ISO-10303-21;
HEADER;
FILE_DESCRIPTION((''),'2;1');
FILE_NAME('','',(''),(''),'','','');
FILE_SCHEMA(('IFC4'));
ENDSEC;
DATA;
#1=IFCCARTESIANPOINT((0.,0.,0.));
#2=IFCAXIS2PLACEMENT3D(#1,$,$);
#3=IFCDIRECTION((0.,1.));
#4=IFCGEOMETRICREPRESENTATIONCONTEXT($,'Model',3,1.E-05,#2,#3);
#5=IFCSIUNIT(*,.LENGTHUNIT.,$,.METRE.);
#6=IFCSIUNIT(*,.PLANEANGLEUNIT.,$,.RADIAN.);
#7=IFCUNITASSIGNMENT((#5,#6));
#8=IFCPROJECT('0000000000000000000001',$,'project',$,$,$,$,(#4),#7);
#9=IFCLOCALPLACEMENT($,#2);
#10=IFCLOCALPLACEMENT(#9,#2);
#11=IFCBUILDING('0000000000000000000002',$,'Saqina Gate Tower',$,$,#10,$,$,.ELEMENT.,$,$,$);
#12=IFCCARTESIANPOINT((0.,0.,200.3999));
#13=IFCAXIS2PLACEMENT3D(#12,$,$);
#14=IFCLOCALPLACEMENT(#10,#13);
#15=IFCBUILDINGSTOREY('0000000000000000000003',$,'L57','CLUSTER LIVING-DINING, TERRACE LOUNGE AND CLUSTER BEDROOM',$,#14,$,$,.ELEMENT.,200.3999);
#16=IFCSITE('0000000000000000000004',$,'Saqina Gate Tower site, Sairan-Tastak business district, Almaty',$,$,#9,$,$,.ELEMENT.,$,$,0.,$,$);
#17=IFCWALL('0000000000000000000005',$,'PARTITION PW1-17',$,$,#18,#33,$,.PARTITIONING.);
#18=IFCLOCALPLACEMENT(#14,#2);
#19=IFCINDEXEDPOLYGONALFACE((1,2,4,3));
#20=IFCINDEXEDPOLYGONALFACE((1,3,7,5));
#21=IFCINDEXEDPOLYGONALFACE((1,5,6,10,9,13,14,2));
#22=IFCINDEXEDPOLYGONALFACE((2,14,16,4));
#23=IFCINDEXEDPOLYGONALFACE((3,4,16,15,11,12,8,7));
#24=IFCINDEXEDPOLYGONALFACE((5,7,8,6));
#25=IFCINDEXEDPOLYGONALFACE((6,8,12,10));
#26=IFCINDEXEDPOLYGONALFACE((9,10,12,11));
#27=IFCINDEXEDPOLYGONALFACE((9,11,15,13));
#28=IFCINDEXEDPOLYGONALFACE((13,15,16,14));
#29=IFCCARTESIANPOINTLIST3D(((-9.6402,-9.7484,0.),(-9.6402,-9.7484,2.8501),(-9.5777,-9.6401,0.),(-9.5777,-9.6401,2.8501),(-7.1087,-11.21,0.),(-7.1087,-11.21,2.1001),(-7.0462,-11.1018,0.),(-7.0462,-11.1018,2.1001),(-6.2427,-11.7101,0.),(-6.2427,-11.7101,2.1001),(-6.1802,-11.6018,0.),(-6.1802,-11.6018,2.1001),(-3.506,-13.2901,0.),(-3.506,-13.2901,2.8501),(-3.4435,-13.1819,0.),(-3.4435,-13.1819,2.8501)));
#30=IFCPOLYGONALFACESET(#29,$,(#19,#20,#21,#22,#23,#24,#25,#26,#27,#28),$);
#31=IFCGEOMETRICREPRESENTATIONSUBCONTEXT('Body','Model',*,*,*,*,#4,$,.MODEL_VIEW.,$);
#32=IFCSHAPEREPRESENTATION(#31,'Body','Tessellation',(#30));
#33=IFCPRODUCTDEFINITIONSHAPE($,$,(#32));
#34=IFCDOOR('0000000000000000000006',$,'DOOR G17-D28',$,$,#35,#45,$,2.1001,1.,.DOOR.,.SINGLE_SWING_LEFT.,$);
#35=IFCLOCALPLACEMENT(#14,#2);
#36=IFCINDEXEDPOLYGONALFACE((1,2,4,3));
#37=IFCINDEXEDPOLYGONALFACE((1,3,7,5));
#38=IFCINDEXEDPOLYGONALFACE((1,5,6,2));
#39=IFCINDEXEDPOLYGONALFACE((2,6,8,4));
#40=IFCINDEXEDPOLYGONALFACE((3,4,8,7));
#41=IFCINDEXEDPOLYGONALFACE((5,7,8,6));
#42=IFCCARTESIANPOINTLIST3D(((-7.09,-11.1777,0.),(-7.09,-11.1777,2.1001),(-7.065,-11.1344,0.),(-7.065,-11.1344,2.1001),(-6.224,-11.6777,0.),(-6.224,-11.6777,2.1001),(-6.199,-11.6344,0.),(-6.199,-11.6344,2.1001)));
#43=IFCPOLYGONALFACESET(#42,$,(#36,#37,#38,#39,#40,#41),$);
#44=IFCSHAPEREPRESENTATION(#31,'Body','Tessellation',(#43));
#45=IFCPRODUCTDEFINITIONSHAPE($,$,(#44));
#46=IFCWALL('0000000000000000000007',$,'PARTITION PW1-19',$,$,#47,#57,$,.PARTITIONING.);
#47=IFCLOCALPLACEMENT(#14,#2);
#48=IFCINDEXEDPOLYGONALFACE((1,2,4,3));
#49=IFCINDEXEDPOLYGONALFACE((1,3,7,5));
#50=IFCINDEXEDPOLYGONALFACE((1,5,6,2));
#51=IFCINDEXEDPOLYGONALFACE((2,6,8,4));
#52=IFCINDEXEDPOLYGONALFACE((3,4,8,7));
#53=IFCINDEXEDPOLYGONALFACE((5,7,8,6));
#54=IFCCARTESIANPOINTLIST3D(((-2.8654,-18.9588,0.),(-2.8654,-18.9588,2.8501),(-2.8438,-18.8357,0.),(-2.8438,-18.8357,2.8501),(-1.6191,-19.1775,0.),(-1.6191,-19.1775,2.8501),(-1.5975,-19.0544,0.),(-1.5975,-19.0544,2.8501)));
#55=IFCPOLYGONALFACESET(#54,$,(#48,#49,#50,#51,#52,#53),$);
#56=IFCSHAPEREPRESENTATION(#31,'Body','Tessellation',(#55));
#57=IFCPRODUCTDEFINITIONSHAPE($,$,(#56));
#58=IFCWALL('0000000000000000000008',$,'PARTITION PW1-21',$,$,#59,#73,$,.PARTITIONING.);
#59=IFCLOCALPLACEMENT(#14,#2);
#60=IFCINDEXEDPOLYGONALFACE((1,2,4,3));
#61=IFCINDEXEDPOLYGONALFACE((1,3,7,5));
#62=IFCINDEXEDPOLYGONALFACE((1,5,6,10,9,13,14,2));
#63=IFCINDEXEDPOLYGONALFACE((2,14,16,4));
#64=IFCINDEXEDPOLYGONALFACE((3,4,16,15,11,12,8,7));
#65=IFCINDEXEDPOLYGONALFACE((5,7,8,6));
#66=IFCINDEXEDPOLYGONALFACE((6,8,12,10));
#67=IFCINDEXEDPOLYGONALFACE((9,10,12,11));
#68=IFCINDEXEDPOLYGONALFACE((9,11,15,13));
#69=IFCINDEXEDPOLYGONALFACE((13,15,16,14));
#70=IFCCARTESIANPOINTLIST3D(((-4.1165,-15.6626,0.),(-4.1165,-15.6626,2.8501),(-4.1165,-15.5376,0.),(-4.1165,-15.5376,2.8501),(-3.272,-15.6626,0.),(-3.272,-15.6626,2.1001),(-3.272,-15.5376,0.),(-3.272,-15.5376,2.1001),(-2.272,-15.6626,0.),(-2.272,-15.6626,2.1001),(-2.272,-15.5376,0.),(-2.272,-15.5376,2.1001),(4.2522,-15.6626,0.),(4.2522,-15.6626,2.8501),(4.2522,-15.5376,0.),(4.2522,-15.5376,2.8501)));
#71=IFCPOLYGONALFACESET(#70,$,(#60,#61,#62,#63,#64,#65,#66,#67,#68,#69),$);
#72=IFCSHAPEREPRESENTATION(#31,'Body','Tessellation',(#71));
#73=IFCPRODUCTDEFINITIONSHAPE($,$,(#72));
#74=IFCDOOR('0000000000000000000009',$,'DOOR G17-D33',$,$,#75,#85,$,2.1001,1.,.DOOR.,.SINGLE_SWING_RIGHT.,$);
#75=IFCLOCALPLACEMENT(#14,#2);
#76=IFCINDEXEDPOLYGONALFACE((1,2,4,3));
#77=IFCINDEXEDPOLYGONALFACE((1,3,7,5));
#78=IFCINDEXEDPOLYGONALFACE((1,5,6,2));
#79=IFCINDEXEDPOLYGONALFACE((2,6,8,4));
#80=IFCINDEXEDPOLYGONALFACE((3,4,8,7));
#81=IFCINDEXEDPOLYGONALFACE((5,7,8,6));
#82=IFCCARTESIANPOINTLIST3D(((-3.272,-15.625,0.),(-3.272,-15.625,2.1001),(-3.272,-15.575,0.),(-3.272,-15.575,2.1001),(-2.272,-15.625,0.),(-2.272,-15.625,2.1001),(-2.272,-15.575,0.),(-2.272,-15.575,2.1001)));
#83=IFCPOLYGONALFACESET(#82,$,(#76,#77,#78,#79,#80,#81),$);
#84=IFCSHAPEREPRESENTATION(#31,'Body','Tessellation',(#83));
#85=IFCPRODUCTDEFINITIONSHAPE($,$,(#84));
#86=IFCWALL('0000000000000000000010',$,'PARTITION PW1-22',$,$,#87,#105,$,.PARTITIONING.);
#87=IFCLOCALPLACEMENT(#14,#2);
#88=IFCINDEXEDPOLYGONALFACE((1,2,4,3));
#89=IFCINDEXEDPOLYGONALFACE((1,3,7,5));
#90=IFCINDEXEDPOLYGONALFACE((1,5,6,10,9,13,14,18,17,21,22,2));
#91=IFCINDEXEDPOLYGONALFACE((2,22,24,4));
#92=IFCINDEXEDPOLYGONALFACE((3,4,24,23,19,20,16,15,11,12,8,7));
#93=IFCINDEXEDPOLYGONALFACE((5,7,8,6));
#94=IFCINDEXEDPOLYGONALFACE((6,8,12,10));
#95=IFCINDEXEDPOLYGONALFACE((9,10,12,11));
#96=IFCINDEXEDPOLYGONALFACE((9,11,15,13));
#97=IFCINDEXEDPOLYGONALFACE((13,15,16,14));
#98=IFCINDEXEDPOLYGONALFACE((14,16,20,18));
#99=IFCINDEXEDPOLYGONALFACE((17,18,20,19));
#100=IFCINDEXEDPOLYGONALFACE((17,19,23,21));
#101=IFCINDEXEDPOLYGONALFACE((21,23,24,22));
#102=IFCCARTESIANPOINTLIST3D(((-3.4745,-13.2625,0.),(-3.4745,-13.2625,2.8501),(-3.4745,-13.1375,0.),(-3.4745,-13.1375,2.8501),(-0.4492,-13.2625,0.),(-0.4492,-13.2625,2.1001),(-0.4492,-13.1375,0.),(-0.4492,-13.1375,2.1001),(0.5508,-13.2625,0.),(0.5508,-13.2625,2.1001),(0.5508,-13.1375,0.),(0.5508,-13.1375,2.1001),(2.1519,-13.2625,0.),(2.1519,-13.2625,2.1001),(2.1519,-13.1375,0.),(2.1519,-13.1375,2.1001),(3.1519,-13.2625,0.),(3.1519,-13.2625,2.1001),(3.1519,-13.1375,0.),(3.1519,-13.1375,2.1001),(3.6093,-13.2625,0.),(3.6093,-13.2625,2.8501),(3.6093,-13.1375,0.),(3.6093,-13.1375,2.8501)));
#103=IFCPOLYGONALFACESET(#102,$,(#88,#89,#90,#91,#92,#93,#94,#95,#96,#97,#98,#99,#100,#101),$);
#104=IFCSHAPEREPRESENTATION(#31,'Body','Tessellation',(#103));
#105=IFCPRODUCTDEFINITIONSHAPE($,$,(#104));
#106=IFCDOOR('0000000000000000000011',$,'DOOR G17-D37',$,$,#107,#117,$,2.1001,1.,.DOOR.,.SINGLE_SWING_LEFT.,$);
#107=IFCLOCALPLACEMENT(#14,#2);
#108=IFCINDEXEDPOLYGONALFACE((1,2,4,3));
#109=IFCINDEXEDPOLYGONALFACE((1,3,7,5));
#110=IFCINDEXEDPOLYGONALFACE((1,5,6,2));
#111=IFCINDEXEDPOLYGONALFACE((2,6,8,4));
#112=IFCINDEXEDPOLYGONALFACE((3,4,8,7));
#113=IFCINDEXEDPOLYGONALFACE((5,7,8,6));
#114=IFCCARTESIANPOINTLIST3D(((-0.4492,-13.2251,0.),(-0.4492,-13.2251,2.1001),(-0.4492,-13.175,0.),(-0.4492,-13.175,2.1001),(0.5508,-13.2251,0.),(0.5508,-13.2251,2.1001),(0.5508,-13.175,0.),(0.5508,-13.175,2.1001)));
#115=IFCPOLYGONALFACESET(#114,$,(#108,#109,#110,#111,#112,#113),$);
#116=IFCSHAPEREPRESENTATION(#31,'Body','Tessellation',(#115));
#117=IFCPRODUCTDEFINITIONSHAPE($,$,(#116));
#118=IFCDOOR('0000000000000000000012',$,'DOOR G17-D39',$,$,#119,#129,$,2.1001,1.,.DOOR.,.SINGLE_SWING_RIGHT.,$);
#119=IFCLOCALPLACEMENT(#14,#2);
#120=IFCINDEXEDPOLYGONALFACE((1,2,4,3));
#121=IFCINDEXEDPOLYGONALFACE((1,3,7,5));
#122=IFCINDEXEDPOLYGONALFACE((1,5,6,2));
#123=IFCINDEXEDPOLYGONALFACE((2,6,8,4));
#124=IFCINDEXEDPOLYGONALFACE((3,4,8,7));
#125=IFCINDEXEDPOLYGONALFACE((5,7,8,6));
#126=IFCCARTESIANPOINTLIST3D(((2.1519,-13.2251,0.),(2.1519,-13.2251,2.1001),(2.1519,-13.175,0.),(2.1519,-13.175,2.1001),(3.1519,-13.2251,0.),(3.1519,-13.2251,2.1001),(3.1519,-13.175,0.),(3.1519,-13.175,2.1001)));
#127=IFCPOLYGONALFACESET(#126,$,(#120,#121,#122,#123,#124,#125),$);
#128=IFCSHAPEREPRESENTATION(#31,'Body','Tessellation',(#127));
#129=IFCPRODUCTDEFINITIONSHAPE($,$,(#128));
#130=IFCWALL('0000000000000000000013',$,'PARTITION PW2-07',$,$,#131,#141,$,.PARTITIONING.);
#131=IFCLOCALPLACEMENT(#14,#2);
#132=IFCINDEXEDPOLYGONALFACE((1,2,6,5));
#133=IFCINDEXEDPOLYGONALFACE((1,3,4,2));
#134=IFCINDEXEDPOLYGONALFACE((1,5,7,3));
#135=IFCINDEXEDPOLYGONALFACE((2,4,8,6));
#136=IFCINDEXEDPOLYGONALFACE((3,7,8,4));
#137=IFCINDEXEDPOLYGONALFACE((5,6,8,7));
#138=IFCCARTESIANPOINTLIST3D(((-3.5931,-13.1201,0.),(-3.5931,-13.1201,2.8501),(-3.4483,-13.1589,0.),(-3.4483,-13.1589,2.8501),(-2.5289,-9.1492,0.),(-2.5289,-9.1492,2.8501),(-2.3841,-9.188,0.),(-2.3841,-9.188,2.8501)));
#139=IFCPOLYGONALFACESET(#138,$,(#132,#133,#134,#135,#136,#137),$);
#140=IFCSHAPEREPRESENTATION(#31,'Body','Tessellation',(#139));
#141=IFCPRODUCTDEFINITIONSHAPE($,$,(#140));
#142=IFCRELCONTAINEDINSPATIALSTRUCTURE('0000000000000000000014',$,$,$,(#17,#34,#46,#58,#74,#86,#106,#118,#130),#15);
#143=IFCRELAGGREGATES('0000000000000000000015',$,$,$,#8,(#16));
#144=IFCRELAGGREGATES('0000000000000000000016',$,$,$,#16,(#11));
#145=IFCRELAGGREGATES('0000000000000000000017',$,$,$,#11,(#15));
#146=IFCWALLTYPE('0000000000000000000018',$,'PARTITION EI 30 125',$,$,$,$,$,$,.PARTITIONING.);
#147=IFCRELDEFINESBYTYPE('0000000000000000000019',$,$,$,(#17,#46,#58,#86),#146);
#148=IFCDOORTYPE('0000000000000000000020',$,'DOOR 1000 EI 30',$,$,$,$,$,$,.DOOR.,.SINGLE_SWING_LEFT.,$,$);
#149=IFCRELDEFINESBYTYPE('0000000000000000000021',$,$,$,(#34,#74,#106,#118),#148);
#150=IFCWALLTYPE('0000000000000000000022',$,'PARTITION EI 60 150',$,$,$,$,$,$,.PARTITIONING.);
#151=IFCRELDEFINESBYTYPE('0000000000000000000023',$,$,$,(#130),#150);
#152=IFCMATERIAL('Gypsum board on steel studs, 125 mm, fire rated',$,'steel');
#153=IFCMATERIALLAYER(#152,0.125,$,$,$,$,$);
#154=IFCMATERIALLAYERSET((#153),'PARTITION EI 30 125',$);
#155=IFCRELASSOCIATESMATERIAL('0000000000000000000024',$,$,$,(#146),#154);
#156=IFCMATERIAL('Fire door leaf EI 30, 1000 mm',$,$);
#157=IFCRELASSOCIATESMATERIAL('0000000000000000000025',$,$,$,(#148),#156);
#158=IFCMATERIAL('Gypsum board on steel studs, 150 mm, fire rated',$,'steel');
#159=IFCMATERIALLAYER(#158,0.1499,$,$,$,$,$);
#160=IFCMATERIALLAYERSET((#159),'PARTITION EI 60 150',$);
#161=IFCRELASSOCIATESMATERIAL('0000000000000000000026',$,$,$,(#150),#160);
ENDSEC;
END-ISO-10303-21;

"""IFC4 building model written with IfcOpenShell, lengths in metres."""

from ifc_helpers import new_model, si_unit, direction, frame, frame_2d, origin, place, context, subcontext, project, spatial, rectangle, extrude, material, layer, layer_set, type_object, element, fill, save


model = new_model("IFC4")

# Units and contexts
model_context = context("Model", 3, precision=1e-05, world=origin(), true_north=direction((0.0, 1.0)))
body_context = subcontext(model_context, "Body", "Model", "MODEL_VIEW")
ifc_project = project(units=[si_unit("LENGTHUNIT", "METRE"), si_unit("PLANEANGLEUNIT", "RADIAN")], contexts=[model_context])

# Site, building, storey
site_placement = place(None, origin())
site = spatial("IfcSite", under=ifc_project, at=site_placement, Name="Saqina Gate Tower site, Sairan-Tastak business district, Almaty", CompositionType="ELEMENT", RefElevation=0.0)
building_placement = place(site_placement, origin())
building = spatial("IfcBuilding", under=site, at=building_placement, Name="Saqina Gate Tower", CompositionType="ELEMENT")
storey_placement = place(building_placement, frame((0.0, 0.0, 200.3999)))
storey = spatial("IfcBuildingStorey", under=building, at=storey_placement, Name="L57", Description="CLUSTER LIVING-DINING, TERRACE LOUNGE AND CLUSTER BEDROOM", CompositionType="ELEMENT", Elevation=200.3999)

# Wall, opening, door
ifc_material_1 = material(Name="Gypsum board on steel studs, 125 mm, fire rated", Category="steel")
ifc_layer_1 = layer(ifc_material_1, 0.125)
ifc_layer_set_1 = layer_set([ifc_layer_1], Name="PARTITION EI 30 125")
wall_type_1 = type_object("IfcWallType", Name="PARTITION EI 30 125", PredefinedType="PARTITIONING", material=ifc_layer_set_1)
wall_1_placement = place(storey_placement, frame((-9.6089, -9.6943, 0.0), z_axis=(0.0, 0.0, 1.0), x_axis=(0.866018, -0.500013, 0.0)))
wall_1 = element("IfcWall", 1, at=wall_1_placement, inside=storey, type_object=wall_type_1, Name="PARTITION PW1-17", PredefinedType="PARTITIONING", context=body_context, shape_type="SweptSolid", body=[
    extrude(rectangle(XDim=7.0833, YDim=0.125, at=frame_2d((3.5415, 0.0))), origin(), (0.0, 0.0, 1.0), 2.8501),
])
opening_1_placement = place(wall_1_placement, frame((2.9231, 0.0, 0.0)))
opening_1 = element("IfcOpeningElement", 2, at=opening_1_placement, cuts=wall_1, PredefinedType="OPENING", context=body_context, shape_type="SweptSolid", body=[
    extrude(rectangle(XDim=1.0, YDim=2.1001, at=frame_2d((0.5, 1.05))), frame((0.0, 0.0745, 0.0), z_axis=(0.0, -1.0, 0.0), x_axis=(1.0, 0.0, 0.0)), (0.0, 0.0, 1.0), 0.1489),
])
ifc_material_2 = material(Name="Fire door leaf EI 30, 1000 mm")
door_type_1 = type_object("IfcDoorType", Name="DOOR 1000 EI 30", OperationType="SINGLE_SWING_LEFT", PredefinedType="DOOR", material=ifc_material_2)
door_1_placement = place(opening_1_placement, origin())
door_1 = element("IfcDoor", 3, at=door_1_placement, inside=storey, type_object=door_type_1, Name="DOOR G17-D28", OperationType="SINGLE_SWING_LEFT", OverallHeight=2.1001, OverallWidth=1.0, PredefinedType="DOOR", context=body_context, shape_type="SweptSolid", body=[
    extrude(rectangle(XDim=1.0, YDim=2.1001, at=frame_2d((0.5, 1.05))), frame((0.0, 0.0249, 0.0), z_axis=(0.0, -1.0, 0.0), x_axis=(1.0, 0.0, 0.0)), (0.0, 0.0, 1.0), 0.05),
])
fill(opening_1, door_1)

# Wall
wall_2_placement = place(storey_placement, frame((-2.8547, -18.8972, 0.0), z_axis=(0.0, 0.0, 1.0), x_axis=(0.984944, -0.172872, 0.0)))
element("IfcWall", 4, at=wall_2_placement, inside=storey, type_object=wall_type_1, Name="PARTITION PW1-19", PredefinedType="PARTITIONING", context=body_context, shape_type="SweptSolid", body=[
    extrude(rectangle(XDim=1.2654, YDim=0.125, at=frame_2d((0.6328, 0.0))), origin(), (0.0, 0.0, 1.0), 2.8501),
])

# Wall, opening, door
wall_3_placement = place(storey_placement, frame((-4.1165, -15.6001, 0.0), z_axis=(0.0, 0.0, 1.0), x_axis=(1.0, 0.0, 0.0)))
wall_3 = element("IfcWall", 5, at=wall_3_placement, inside=storey, type_object=wall_type_1, Name="PARTITION PW1-21", PredefinedType="PARTITIONING", context=body_context, shape_type="SweptSolid", body=[
    extrude(rectangle(XDim=8.3687, YDim=0.125, at=frame_2d((4.1843, 0.0))), origin(), (0.0, 0.0, 1.0), 2.8501),
])
opening_2_placement = place(wall_3_placement, frame((0.8445, 0.0, 0.0)))
opening_2 = element("IfcOpeningElement", 6, at=opening_2_placement, cuts=wall_3, PredefinedType="OPENING", context=body_context, shape_type="SweptSolid", body=[
    extrude(rectangle(XDim=1.0, YDim=2.1001, at=frame_2d((0.5, 1.05))), frame((0.0, 0.0745, 0.0), z_axis=(0.0, -1.0, 0.0), x_axis=(1.0, 0.0, 0.0)), (0.0, 0.0, 1.0), 0.1489),
])
door_2_placement = place(opening_2_placement, frame((1.0, 0.0, 0.0), z_axis=(0.0, 0.0, 1.0), x_axis=(-1.0, 0.0, 0.0)))
door_2 = element("IfcDoor", 7, at=door_2_placement, inside=storey, type_object=door_type_1, Name="DOOR G17-D33", OperationType="SINGLE_SWING_RIGHT", OverallHeight=2.1001, OverallWidth=1.0, PredefinedType="DOOR", context=body_context, shape_type="SweptSolid", body=[
    extrude(rectangle(XDim=1.0, YDim=2.1001, at=frame_2d((0.5, 1.05))), frame((0.0, 0.0249, 0.0), z_axis=(0.0, -1.0, 0.0), x_axis=(1.0, 0.0, 0.0)), (0.0, 0.0, 1.0), 0.05),
])
fill(opening_2, door_2)

# Wall, openings, doors
wall_4_placement = place(storey_placement, frame((-3.4746, -13.2, 0.0), z_axis=(0.0, 0.0, 1.0), x_axis=(1.0, 0.0, 0.0)))
wall_4 = element("IfcWall", 8, at=wall_4_placement, inside=storey, type_object=wall_type_1, Name="PARTITION PW1-22", PredefinedType="PARTITIONING", context=body_context, shape_type="SweptSolid", body=[
    extrude(rectangle(XDim=7.0837, YDim=0.125, at=frame_2d((3.542, 0.0))), origin(), (0.0, 0.0, 1.0), 2.8501),
])
opening_3_placement = place(wall_4_placement, frame((3.0254, 0.0, 0.0)))
opening_3 = element("IfcOpeningElement", 9, at=opening_3_placement, cuts=wall_4, PredefinedType="OPENING", context=body_context, shape_type="SweptSolid", body=[
    extrude(rectangle(XDim=1.0, YDim=2.1001, at=frame_2d((0.5, 1.05))), frame((0.0, 0.0745, 0.0), z_axis=(0.0, -1.0, 0.0), x_axis=(1.0, 0.0, 0.0)), (0.0, 0.0, 1.0), 0.1489),
])
opening_4_placement = place(wall_4_placement, frame((5.6265, 0.0, 0.0)))
opening_4 = element("IfcOpeningElement", 10, at=opening_4_placement, cuts=wall_4, PredefinedType="OPENING", context=body_context, shape_type="SweptSolid", body=[
    extrude(rectangle(XDim=1.0, YDim=2.1001, at=frame_2d((0.5, 1.05))), frame((0.0, 0.0745, 0.0), z_axis=(0.0, -1.0, 0.0), x_axis=(1.0, 0.0, 0.0)), (0.0, 0.0, 1.0), 0.1489),
])
door_3_placement = place(opening_3_placement, origin())
door_3 = element("IfcDoor", 11, at=door_3_placement, inside=storey, type_object=door_type_1, Name="DOOR G17-D37", OperationType="SINGLE_SWING_LEFT", OverallHeight=2.1001, OverallWidth=1.0, PredefinedType="DOOR", context=body_context, shape_type="SweptSolid", body=[
    extrude(rectangle(XDim=1.0, YDim=2.1001, at=frame_2d((0.5, 1.05))), frame((0.0, 0.0249, 0.0), z_axis=(0.0, -1.0, 0.0), x_axis=(1.0, 0.0, 0.0)), (0.0, 0.0, 1.0), 0.05),
])
fill(opening_3, door_3)
door_4_placement = place(opening_4_placement, origin())
door_4 = element("IfcDoor", 12, at=door_4_placement, inside=storey, type_object=door_type_1, Name="DOOR G17-D39", OperationType="SINGLE_SWING_RIGHT", OverallHeight=2.1001, OverallWidth=1.0, PredefinedType="DOOR", context=body_context, shape_type="SweptSolid", body=[
    extrude(rectangle(XDim=1.0, YDim=2.1001, at=frame_2d((0.5, 1.05))), frame((0.0, 0.0249, 0.0), z_axis=(0.0, -1.0, 0.0), x_axis=(1.0, 0.0, 0.0)), (0.0, 0.0, 1.0), 0.05),
])
fill(opening_4, door_4)

# Wall
ifc_material_3 = material(Name="Gypsum board on steel studs, 150 mm, fire rated", Category="steel")
ifc_layer_2 = layer(ifc_material_3, 0.1499)
ifc_layer_set_2 = layer_set([ifc_layer_2], Name="PARTITION EI 60 150")
wall_type_2 = type_object("IfcWallType", Name="PARTITION EI 60 150", PredefinedType="PARTITIONING", material=ifc_layer_set_2)
wall_5_placement = place(storey_placement, frame((-3.5208, -13.1396, 0.0), z_axis=(0.0, 0.0, 1.0), x_axis=(0.258864, 0.965914, 0.0)))
element("IfcWall", 13, at=wall_5_placement, inside=storey, type_object=wall_type_2, Name="PARTITION PW2-07", PredefinedType="PARTITIONING", context=body_context, shape_type="SweptSolid", body=[
    extrude(rectangle(XDim=4.1111, YDim=0.1499, at=frame_2d((2.0557, 0.0))), origin(), (0.0, 0.0, 1.0), 2.8501),
])

save(model, "model.ifc")
